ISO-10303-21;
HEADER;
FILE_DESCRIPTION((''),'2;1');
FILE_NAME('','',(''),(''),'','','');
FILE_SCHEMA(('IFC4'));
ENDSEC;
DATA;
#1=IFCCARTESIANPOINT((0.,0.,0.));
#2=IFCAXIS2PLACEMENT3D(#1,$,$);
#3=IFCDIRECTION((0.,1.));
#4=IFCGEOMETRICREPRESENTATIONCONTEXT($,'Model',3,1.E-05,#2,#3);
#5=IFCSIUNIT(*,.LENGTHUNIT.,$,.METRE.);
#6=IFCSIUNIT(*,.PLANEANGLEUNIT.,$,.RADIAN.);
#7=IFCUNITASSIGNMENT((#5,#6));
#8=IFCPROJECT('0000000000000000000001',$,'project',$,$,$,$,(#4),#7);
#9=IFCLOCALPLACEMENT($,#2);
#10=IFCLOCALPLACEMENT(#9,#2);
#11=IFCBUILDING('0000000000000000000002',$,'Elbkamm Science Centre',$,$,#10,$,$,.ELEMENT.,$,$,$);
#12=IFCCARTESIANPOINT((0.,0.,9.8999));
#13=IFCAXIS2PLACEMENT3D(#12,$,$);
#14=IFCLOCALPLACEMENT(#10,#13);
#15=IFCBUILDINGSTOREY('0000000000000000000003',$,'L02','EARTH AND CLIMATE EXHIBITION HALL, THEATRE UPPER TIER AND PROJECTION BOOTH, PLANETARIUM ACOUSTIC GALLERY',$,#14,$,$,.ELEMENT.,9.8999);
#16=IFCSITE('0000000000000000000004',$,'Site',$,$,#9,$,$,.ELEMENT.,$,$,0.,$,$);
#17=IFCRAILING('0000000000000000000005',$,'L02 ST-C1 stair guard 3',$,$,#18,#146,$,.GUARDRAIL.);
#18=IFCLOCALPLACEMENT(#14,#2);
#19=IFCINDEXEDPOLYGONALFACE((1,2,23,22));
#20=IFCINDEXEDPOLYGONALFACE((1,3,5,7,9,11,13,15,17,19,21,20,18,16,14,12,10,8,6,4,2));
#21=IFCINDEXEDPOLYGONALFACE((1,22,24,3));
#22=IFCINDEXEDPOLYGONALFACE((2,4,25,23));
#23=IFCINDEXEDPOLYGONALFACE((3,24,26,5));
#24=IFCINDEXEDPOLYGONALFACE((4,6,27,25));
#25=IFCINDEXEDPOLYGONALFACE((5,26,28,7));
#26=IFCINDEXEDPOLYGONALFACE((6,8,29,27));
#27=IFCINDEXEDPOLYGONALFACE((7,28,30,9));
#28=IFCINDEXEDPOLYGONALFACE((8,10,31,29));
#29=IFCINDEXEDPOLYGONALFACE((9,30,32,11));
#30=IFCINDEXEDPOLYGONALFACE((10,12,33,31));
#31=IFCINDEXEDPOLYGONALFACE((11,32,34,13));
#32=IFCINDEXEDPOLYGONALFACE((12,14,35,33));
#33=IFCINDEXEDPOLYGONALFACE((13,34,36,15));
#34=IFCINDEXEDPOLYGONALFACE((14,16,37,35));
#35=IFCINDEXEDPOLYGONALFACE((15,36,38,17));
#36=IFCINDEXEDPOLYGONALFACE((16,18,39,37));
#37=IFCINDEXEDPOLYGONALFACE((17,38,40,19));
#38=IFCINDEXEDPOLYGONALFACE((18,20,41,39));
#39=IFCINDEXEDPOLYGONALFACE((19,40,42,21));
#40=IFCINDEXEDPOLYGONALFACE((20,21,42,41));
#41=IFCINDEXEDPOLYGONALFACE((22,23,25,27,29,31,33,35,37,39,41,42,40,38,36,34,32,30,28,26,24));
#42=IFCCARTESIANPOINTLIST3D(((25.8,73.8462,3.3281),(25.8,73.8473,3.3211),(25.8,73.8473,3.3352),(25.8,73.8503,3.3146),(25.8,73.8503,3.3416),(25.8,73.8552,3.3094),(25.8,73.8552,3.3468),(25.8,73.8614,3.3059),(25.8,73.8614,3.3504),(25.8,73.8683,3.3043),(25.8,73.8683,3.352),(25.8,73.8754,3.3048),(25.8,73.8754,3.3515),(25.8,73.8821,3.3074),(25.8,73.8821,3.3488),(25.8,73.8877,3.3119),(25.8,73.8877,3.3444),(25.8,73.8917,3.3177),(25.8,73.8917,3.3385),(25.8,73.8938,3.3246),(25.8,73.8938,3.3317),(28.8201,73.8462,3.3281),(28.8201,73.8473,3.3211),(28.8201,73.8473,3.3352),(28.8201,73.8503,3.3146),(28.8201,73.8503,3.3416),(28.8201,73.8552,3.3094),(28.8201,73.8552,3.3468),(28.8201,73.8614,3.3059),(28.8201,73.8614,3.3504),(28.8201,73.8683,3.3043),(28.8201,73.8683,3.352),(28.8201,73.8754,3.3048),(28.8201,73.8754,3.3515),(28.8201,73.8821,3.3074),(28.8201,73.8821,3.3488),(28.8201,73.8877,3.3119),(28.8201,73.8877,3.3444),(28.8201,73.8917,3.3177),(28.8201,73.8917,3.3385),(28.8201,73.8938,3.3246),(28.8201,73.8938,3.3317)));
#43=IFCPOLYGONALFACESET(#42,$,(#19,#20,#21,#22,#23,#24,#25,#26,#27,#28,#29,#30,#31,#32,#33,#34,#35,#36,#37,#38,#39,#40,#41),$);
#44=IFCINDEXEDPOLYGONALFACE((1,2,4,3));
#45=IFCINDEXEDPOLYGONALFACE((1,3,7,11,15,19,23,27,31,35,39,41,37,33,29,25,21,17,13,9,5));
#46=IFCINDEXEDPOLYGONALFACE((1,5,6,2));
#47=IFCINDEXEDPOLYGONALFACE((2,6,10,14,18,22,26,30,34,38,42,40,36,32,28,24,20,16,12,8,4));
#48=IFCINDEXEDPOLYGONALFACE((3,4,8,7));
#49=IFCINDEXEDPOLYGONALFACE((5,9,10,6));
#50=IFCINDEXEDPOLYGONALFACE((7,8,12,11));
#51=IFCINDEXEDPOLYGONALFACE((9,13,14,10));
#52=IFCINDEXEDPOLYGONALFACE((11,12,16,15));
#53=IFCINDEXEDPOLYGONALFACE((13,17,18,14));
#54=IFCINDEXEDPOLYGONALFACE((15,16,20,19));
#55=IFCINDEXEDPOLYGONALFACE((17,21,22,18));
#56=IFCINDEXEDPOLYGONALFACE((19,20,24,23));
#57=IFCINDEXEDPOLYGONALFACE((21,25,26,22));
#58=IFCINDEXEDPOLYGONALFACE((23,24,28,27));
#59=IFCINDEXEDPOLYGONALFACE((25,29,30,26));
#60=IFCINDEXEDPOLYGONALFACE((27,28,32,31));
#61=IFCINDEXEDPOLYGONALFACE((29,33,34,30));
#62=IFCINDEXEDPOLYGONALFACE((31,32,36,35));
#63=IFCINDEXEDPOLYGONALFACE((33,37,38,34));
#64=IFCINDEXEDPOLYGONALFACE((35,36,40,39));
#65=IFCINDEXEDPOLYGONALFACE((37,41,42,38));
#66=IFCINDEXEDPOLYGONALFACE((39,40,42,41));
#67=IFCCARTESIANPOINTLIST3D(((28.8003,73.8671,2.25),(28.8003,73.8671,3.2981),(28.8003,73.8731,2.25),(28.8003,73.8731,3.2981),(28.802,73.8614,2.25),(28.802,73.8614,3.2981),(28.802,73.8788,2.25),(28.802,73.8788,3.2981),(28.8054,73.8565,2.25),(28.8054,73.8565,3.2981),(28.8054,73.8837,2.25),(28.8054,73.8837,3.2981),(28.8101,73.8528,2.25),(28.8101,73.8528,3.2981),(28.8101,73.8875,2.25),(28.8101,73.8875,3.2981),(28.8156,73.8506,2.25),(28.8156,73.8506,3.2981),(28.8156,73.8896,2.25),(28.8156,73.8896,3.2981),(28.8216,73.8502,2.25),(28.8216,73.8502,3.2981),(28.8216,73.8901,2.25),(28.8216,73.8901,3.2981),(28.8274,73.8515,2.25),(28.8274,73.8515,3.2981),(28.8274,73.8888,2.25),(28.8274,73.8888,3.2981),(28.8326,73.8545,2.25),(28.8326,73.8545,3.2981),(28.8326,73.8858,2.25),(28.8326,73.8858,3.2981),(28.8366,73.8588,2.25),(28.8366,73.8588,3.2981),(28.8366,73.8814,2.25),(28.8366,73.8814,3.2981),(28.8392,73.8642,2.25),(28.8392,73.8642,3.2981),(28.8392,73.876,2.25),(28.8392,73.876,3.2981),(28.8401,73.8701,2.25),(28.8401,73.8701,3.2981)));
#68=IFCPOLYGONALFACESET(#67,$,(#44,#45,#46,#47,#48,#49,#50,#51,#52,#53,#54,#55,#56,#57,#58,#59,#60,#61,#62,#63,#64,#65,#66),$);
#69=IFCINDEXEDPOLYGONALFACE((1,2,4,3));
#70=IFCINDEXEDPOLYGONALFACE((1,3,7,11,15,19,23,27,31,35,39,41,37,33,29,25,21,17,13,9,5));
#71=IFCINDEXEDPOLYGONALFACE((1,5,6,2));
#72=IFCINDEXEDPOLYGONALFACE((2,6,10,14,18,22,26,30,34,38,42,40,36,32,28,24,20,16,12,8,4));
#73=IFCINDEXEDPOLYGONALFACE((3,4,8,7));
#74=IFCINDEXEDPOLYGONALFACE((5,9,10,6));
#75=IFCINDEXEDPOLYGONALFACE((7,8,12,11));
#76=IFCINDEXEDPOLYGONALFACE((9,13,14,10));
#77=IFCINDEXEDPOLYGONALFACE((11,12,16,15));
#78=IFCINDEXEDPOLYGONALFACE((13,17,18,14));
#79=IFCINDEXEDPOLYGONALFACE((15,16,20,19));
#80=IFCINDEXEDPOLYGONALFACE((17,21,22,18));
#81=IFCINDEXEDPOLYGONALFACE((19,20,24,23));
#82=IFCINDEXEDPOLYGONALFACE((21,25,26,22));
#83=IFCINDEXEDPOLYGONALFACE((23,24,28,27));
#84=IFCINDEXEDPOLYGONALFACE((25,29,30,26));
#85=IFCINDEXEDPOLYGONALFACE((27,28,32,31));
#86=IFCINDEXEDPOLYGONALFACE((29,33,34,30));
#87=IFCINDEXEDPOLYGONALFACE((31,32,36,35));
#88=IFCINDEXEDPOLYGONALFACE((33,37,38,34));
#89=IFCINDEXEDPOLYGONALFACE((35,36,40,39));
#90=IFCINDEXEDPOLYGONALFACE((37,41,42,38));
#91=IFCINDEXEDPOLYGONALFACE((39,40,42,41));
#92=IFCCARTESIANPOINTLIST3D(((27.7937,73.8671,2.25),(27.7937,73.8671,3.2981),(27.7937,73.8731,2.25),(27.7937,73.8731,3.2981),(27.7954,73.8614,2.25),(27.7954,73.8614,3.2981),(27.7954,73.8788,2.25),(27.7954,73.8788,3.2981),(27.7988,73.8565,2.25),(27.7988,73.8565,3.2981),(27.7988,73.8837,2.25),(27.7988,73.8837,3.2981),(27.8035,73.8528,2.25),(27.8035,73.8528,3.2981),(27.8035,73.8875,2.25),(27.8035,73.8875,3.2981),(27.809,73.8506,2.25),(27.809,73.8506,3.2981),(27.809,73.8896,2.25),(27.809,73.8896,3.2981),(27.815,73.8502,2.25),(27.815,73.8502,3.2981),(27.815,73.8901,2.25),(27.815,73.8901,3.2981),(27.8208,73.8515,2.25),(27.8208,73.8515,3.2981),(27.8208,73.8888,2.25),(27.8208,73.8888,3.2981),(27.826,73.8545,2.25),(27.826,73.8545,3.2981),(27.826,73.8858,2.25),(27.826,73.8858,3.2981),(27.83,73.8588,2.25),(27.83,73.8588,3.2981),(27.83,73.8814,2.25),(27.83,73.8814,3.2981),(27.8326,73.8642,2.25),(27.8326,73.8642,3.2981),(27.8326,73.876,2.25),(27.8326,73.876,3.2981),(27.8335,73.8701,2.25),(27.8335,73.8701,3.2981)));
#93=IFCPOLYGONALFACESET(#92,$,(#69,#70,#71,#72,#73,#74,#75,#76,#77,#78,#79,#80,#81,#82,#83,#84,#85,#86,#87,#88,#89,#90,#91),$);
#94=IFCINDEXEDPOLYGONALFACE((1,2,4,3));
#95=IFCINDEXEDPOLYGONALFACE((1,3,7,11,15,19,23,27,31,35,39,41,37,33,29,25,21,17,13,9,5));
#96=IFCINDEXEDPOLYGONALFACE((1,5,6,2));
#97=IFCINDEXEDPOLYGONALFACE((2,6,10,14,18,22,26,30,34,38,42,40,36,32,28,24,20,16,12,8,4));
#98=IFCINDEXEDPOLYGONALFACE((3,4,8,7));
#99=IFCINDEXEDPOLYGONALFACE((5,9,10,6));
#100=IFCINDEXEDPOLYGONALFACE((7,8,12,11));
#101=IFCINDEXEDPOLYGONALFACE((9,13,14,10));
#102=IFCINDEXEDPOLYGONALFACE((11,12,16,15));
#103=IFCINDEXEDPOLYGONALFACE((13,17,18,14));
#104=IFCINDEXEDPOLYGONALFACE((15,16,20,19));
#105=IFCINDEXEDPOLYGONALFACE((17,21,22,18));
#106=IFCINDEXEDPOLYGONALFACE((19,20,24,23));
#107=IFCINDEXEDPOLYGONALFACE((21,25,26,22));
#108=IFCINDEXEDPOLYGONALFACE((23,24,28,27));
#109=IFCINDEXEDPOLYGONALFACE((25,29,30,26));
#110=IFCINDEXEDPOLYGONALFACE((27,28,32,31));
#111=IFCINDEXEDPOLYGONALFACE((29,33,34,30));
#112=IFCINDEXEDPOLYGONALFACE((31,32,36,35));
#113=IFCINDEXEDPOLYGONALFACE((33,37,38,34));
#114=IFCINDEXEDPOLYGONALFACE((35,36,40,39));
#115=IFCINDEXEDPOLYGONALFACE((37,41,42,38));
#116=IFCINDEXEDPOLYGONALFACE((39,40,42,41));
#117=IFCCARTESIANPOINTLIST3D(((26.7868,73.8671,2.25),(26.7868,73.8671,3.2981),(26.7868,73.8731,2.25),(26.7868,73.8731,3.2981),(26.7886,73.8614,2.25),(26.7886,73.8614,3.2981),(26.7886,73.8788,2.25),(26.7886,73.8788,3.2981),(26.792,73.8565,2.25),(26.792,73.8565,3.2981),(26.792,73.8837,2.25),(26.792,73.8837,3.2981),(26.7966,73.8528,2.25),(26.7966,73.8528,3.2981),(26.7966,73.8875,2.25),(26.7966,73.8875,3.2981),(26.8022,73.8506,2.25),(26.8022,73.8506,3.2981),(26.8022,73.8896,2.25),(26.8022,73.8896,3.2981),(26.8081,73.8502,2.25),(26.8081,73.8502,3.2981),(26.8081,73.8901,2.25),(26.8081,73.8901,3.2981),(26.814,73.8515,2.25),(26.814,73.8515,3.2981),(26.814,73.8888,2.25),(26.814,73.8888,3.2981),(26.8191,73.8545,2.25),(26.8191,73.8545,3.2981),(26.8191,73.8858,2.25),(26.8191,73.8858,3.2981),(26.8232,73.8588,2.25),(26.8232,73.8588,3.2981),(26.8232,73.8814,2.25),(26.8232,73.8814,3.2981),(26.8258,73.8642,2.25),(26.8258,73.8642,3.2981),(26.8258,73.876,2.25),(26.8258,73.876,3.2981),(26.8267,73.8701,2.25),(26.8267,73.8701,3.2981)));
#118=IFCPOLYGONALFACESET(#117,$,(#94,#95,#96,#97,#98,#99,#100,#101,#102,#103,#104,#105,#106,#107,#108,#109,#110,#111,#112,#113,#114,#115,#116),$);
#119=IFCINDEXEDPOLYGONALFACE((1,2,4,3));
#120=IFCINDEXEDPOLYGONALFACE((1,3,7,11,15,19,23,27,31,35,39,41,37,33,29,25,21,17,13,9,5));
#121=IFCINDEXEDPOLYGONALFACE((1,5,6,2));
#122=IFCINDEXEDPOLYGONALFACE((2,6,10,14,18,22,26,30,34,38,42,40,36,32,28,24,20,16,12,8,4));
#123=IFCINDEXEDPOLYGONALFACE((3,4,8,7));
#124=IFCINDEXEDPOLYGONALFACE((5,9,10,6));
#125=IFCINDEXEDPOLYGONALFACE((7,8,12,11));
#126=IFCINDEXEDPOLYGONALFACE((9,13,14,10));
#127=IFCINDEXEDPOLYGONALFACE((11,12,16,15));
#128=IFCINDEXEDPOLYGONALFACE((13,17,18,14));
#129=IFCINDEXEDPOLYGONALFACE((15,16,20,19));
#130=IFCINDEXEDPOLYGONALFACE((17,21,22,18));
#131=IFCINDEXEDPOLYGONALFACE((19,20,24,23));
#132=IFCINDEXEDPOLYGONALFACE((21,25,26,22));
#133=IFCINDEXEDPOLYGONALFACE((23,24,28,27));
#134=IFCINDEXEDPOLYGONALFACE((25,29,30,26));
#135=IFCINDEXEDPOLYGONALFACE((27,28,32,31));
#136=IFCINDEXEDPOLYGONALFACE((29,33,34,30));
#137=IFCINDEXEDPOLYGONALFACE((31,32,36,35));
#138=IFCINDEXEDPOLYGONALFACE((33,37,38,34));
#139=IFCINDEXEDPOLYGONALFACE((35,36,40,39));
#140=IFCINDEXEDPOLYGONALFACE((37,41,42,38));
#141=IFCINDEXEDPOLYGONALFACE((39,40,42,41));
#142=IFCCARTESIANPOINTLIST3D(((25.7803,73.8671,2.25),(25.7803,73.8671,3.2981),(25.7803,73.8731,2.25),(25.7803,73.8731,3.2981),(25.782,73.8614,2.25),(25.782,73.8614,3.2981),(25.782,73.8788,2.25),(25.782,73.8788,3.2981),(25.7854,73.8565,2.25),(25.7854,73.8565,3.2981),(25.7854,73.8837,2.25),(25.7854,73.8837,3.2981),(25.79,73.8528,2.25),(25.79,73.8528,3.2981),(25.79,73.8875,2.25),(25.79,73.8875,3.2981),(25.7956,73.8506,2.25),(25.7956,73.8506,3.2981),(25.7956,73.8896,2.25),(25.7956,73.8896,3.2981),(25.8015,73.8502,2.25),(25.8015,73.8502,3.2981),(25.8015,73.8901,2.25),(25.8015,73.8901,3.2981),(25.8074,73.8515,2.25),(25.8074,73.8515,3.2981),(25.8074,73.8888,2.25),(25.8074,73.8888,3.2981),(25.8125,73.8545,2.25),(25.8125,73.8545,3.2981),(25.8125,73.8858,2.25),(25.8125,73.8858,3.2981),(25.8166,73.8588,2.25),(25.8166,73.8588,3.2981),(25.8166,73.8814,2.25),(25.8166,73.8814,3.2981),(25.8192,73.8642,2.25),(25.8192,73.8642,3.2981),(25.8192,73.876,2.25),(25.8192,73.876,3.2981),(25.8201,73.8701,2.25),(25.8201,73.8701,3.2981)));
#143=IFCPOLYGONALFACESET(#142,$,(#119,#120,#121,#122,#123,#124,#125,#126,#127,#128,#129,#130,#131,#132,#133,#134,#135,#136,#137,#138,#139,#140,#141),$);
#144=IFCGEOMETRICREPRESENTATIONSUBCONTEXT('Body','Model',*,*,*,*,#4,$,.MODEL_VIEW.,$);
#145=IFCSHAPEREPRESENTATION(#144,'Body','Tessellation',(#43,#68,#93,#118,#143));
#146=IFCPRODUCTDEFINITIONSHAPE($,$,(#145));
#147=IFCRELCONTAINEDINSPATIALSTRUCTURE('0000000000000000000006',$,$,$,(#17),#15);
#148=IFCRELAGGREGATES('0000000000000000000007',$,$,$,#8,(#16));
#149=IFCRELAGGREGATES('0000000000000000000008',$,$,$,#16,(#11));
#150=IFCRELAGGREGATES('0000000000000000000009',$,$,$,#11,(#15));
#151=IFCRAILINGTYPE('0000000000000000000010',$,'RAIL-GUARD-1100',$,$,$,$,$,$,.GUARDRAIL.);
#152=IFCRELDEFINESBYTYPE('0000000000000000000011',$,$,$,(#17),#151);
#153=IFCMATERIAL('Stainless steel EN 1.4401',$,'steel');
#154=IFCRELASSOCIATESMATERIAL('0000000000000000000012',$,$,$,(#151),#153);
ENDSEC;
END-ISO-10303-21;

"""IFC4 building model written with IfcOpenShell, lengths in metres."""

from ifc_helpers import new_model, si_unit, direction, frame, origin, origin_2d, place, context, subcontext, project, spatial, circle, extrude, material, type_object, element, save


model = new_model("IFC4")

# Units and contexts
model_context = context("Model", 3, precision=1e-05, world=origin(), true_north=direction((0.0, 1.0)))
body_context = subcontext(model_context, "Body", "Model", "MODEL_VIEW")
ifc_project = project(units=[si_unit("LENGTHUNIT", "METRE"), si_unit("PLANEANGLEUNIT", "RADIAN")], contexts=[model_context])

# Site, building, storey
site_placement = place(None, origin())
site = spatial("IfcSite", under=ifc_project, at=site_placement, Name="Site", CompositionType="ELEMENT", RefElevation=0.0)
building_placement = place(site_placement, origin())
building = spatial("IfcBuilding", under=site, at=building_placement, Name="Elbkamm Science Centre", CompositionType="ELEMENT")
storey_placement = place(building_placement, frame((0.0, 0.0, 9.8999)))
storey = spatial("IfcBuildingStorey", under=building, at=storey_placement, Name="L02", Description="EARTH AND CLIMATE EXHIBITION HALL, THEATRE UPPER TIER AND PROJECTION BOOTH, PLANETARIUM ACOUSTIC GALLERY", CompositionType="ELEMENT", Elevation=9.8999)

# Railing
ifc_material_1 = material(Name="Stainless steel EN 1.4401", Category="steel")
railing_type_1 = type_object("IfcRailingType", Name="RAIL-GUARD-1100", PredefinedType="GUARDRAIL", material=ifc_material_1)
railing_1_placement = place(storey_placement, frame((28.8201, 73.8701, 2.25)))
element("IfcRailing", 1, at=railing_1_placement, inside=storey, type_object=railing_type_1, Name="L02 ST-C1 stair guard 3", PredefinedType="GUARDRAIL", context=body_context, shape_type="SweptSolid", body=[
    extrude(circle(Radius=0.0239, at=origin_2d()), frame((0.0, 0.0, 1.0781), z_axis=(-1.0, 0.0, 0.0), x_axis=(0.0, -1.0, 0.0)), (0.0, 0.0, 1.0), 3.02),
    extrude(circle(Radius=0.02, at=origin_2d()), origin(), (0.0, 0.0, 1.0), 1.0481),
    extrude(circle(Radius=0.02, at=origin_2d()), frame((-1.0066, 0.0, 0.0)), (0.0, 0.0, 1.0), 1.0481),
    extrude(circle(Radius=0.02, at=origin_2d()), frame((-2.0134, 0.0, 0.0)), (0.0, 0.0, 1.0), 1.0481),
    extrude(circle(Radius=0.02, at=origin_2d()), frame((-3.02, 0.0, 0.0)), (0.0, 0.0, 1.0), 1.0481),
])

save(model, "model.ifc")
